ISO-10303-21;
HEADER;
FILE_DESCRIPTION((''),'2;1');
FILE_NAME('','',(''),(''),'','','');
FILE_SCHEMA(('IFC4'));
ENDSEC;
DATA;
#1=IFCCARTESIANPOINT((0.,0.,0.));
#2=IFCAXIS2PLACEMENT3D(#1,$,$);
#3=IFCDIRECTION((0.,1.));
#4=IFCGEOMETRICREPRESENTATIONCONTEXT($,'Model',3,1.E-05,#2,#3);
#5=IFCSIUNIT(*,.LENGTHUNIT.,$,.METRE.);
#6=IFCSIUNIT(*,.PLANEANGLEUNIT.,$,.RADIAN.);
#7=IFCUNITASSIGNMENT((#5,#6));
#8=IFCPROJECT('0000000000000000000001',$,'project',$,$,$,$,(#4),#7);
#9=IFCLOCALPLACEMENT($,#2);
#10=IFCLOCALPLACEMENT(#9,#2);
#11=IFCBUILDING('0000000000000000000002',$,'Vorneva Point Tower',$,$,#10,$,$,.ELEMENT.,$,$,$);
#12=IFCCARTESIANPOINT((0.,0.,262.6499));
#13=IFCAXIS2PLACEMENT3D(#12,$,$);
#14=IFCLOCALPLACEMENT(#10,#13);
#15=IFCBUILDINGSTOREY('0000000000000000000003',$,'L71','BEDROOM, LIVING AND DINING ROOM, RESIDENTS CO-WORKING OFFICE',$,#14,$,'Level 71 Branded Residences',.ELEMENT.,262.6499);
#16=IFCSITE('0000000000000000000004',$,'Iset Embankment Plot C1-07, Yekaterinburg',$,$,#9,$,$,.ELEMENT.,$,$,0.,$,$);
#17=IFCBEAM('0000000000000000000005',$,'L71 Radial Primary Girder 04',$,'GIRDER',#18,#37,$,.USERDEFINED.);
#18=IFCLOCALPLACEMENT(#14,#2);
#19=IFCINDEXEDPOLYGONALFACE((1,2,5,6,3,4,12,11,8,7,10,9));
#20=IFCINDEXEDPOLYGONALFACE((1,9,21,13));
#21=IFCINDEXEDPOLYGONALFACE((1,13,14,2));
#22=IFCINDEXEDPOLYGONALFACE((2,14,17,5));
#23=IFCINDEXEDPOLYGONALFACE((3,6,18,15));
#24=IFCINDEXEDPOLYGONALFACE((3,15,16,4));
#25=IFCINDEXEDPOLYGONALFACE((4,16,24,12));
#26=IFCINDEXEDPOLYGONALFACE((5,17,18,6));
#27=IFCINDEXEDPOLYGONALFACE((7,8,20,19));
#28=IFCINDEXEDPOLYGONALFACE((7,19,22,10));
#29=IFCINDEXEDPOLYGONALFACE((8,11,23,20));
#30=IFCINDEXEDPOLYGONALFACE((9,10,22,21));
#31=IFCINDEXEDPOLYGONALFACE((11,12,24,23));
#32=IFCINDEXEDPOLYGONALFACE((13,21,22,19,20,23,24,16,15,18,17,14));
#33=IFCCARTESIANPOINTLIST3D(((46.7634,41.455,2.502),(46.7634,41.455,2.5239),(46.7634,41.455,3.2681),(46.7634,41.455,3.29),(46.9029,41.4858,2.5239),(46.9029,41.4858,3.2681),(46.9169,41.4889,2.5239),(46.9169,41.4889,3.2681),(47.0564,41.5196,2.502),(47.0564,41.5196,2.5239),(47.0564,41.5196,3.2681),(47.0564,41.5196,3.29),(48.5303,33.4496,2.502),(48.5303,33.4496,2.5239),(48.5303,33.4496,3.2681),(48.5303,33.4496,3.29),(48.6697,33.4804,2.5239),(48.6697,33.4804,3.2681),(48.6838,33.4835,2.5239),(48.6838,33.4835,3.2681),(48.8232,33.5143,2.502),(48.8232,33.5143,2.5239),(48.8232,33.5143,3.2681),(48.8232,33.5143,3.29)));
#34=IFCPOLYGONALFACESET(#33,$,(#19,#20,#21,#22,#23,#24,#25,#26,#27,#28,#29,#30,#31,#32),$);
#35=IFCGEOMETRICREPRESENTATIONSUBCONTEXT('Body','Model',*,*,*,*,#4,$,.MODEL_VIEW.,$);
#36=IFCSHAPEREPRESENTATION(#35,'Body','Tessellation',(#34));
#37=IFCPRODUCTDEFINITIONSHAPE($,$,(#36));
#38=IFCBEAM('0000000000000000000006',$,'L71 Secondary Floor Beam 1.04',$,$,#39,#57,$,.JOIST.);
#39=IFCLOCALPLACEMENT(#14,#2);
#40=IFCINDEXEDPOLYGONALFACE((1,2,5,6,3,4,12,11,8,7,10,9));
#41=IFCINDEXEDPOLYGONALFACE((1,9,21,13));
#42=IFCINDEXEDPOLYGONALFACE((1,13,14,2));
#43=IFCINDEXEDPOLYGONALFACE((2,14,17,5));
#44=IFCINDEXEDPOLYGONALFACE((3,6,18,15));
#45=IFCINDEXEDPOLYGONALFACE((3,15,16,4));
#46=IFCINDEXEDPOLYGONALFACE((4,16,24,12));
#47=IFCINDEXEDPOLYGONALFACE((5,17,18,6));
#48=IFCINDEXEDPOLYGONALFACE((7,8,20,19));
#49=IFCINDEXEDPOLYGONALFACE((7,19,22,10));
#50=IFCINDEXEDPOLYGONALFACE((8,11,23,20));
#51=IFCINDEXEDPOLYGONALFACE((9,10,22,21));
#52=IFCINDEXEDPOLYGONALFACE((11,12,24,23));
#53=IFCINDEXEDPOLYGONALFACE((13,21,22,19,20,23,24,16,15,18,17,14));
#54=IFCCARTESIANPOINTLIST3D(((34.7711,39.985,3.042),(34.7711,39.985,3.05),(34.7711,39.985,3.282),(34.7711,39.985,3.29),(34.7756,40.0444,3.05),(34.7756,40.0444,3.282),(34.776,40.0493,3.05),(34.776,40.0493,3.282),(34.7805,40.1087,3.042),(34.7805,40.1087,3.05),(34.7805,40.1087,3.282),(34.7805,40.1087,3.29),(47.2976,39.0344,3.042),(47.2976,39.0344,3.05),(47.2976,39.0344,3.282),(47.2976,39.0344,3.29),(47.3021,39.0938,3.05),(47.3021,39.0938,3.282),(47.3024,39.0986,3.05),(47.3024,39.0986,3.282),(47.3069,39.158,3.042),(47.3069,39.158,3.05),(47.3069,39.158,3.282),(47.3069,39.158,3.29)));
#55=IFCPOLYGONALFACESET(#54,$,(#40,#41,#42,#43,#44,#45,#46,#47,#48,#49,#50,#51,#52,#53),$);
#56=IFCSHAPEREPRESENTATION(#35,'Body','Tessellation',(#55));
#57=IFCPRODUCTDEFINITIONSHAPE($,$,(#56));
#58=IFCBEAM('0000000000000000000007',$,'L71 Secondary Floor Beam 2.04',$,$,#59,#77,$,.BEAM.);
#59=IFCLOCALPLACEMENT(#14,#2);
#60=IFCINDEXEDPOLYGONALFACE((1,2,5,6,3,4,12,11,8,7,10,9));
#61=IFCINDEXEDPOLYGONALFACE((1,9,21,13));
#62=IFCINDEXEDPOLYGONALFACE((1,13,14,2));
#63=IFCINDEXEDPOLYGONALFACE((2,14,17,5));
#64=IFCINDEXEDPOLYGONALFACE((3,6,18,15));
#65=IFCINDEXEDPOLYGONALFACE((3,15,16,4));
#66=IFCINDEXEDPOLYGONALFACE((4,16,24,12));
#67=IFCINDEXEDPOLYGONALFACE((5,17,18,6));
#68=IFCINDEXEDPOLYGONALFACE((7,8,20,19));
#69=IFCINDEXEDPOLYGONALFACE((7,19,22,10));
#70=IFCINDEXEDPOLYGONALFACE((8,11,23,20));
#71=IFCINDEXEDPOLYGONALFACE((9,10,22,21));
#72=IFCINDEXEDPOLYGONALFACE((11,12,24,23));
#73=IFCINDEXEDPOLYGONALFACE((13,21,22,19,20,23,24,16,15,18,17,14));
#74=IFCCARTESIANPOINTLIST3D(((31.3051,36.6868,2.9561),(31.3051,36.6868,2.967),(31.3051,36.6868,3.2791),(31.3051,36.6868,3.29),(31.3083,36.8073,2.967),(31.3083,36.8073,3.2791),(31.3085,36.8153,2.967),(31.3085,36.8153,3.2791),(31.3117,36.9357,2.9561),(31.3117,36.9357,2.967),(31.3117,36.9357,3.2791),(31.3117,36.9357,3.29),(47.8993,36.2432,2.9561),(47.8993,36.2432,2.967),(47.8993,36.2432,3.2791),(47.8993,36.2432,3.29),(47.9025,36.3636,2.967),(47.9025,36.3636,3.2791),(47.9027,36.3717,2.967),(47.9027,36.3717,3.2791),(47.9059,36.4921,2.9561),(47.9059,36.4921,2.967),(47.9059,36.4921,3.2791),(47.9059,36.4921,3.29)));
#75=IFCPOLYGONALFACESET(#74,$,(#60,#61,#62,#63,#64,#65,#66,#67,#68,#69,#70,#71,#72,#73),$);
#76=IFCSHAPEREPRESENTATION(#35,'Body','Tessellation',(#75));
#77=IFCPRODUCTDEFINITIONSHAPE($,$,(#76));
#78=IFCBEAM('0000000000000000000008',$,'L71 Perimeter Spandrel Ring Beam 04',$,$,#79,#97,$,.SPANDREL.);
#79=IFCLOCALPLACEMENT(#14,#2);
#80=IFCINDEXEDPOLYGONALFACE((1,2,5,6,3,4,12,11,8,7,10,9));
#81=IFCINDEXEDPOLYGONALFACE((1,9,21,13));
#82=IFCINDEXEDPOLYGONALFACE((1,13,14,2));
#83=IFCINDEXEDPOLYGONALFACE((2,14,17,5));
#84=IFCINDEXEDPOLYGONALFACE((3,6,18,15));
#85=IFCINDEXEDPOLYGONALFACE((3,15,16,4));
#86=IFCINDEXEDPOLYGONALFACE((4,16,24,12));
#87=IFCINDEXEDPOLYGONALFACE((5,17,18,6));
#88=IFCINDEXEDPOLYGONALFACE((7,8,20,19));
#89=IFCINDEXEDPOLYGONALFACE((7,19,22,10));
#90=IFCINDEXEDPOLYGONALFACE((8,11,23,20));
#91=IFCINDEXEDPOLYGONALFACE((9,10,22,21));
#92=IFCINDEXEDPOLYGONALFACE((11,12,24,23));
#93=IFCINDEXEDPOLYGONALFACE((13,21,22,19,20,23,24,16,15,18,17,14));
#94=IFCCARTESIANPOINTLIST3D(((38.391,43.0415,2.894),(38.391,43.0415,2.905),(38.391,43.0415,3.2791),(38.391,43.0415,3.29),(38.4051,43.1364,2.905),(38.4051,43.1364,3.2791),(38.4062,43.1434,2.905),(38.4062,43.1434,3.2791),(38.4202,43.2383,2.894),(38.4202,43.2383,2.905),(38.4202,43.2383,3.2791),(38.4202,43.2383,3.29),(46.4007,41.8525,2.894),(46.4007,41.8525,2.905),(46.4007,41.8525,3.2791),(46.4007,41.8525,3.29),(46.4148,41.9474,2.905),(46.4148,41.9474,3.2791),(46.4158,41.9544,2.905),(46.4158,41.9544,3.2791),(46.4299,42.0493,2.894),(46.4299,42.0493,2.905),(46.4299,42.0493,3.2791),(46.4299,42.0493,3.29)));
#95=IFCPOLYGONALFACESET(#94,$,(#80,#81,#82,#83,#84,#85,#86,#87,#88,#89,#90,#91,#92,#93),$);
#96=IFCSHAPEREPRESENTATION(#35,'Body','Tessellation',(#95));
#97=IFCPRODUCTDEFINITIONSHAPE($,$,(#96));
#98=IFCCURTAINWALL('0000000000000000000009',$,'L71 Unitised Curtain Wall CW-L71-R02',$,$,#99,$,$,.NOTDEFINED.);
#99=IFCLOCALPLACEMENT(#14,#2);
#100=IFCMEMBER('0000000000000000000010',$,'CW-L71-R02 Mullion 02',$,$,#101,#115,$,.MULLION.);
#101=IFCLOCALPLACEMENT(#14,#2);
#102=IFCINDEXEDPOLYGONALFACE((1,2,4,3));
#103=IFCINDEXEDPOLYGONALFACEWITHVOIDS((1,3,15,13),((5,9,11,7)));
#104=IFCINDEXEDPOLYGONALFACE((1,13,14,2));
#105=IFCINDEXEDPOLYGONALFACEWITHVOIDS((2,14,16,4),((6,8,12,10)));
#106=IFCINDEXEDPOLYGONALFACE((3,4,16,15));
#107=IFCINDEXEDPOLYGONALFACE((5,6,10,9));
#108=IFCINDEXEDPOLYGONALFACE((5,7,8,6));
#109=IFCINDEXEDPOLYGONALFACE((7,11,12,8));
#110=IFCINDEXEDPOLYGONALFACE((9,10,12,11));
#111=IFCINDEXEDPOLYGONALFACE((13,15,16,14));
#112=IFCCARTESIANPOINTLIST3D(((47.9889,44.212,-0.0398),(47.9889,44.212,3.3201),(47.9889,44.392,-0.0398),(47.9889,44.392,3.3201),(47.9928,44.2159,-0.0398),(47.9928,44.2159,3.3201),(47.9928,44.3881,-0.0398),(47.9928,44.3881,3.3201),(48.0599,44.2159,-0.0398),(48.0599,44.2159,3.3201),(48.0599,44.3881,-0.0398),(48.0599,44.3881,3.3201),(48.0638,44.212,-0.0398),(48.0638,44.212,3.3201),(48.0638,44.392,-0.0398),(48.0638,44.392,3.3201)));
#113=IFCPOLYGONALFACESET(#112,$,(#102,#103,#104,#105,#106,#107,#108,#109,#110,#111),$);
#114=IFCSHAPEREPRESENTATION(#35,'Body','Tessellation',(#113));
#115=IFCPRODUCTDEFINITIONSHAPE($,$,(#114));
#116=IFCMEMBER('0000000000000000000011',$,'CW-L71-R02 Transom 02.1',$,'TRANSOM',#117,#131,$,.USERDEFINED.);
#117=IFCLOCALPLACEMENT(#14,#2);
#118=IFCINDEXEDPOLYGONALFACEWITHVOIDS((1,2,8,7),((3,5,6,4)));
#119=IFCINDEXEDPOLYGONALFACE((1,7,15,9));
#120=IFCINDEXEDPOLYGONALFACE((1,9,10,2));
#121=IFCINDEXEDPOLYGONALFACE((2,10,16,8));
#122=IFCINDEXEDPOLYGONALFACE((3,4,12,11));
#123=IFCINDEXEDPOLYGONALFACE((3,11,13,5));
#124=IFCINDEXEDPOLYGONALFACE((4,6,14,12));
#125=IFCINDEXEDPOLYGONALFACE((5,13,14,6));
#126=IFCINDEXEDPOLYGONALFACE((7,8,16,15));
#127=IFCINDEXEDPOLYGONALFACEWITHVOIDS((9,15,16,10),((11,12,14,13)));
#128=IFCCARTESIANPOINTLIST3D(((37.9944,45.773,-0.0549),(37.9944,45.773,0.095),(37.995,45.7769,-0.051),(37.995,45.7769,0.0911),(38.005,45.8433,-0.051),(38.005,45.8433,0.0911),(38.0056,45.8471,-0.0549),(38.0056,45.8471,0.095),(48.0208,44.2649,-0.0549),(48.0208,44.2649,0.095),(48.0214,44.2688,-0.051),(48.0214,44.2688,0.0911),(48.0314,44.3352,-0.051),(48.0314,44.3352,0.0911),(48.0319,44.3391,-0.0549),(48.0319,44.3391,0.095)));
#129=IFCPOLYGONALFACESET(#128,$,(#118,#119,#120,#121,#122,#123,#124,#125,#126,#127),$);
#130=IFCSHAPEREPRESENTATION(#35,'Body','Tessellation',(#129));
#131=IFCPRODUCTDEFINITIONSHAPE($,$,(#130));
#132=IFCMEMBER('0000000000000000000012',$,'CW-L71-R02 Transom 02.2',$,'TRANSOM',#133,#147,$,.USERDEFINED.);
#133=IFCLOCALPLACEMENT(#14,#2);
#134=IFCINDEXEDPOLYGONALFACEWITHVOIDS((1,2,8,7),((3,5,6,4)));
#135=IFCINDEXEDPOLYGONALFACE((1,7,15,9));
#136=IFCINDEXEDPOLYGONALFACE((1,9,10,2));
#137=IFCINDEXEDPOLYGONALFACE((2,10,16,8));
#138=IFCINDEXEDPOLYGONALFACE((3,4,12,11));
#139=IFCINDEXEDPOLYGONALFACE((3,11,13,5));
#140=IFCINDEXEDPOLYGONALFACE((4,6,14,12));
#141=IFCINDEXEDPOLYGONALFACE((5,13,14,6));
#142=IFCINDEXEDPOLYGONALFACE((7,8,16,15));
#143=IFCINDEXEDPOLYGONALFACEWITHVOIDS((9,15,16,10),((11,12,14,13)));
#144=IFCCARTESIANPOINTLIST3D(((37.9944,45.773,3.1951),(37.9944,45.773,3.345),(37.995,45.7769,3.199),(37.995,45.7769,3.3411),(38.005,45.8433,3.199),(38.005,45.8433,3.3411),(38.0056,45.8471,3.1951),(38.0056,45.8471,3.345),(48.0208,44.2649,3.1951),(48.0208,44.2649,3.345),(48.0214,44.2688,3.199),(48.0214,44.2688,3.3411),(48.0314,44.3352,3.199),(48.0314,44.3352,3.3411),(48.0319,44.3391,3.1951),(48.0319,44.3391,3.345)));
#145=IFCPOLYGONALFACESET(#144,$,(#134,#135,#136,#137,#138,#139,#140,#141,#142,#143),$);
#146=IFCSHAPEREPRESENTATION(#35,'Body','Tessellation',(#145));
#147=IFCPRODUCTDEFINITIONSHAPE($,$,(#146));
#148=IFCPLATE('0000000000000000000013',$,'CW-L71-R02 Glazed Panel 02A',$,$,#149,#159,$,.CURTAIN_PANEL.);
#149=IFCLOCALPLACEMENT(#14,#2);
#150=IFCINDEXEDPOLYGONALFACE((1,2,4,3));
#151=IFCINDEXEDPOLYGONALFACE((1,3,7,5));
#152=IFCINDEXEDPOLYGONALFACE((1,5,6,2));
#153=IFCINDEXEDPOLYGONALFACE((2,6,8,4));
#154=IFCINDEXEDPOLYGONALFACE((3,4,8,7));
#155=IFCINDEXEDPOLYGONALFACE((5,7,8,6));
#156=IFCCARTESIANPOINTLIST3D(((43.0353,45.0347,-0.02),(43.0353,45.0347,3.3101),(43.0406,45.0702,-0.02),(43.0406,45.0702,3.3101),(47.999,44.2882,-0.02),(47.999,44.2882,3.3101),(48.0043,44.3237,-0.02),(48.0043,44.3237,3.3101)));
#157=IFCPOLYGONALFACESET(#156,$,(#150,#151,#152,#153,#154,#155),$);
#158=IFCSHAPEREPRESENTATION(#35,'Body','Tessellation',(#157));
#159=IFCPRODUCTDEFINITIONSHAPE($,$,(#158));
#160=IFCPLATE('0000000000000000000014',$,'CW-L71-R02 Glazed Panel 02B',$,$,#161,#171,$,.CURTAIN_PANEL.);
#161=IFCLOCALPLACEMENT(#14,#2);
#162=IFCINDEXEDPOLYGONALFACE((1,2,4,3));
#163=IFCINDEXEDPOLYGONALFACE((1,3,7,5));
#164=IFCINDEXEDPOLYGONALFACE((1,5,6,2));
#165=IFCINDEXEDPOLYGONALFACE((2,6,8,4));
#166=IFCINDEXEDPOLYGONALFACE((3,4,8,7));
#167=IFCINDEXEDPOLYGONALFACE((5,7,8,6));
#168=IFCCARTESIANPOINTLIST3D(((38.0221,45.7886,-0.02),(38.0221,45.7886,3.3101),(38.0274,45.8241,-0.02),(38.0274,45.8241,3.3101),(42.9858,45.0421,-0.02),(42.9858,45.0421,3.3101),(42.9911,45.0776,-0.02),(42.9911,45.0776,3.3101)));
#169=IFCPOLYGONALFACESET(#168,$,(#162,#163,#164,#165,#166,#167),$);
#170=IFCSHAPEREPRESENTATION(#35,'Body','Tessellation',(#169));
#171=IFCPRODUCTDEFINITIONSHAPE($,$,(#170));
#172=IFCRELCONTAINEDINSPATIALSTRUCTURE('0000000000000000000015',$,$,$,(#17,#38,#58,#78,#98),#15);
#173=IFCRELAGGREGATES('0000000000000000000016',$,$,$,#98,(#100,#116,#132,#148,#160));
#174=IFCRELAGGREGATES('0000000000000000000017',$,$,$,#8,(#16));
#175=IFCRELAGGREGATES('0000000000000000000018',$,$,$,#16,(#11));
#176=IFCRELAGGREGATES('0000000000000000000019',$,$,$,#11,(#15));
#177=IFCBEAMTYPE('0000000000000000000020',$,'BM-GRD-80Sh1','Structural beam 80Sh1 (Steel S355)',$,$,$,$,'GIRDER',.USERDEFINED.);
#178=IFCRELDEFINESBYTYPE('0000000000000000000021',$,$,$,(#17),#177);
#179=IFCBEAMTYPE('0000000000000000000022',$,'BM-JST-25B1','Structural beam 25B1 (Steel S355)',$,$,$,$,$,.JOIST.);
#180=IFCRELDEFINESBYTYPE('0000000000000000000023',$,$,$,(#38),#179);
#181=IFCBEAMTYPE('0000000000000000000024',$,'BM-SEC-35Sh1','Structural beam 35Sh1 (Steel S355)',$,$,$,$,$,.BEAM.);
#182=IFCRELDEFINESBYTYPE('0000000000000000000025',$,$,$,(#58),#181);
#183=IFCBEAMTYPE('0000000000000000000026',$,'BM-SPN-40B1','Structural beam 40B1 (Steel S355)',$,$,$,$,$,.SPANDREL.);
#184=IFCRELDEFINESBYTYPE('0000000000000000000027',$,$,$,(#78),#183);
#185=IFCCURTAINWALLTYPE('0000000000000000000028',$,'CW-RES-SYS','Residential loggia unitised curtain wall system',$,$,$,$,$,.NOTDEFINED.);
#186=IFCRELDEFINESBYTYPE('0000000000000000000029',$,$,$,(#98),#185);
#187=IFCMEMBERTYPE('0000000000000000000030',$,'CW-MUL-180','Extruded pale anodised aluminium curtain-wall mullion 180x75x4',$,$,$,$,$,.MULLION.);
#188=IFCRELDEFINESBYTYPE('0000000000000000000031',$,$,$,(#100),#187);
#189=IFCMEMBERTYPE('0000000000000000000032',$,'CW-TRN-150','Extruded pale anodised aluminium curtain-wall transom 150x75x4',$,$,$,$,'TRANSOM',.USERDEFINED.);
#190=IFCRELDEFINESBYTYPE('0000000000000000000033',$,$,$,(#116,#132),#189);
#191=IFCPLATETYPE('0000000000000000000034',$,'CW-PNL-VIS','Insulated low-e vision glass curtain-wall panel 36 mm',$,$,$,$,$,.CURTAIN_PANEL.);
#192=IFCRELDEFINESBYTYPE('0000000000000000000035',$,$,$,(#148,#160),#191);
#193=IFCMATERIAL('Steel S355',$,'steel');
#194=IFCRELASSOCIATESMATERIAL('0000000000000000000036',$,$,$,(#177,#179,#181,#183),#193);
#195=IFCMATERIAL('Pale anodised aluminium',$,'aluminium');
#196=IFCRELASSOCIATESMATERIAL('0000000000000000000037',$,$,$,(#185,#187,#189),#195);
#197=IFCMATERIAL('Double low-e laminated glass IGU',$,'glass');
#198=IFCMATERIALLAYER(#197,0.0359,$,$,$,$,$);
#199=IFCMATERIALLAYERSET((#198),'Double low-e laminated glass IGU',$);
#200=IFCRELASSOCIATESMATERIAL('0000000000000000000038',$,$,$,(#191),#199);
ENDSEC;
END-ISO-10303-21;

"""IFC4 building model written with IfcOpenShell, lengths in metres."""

from ifc_helpers import new_model, si_unit, direction, frame, origin, origin_2d, place, context, subcontext, project, spatial, rectangle, hollow_rectangle, i_section, extrude, material, layer, layer_set, material_profile, profile_set, type_object, element, aggregate, save


model = new_model("IFC4")

# Units and contexts
model_context = context("Model", 3, precision=1e-05, world=origin(), true_north=direction((0.0, 1.0)))
body_context = subcontext(model_context, "Body", "Model", "MODEL_VIEW")
ifc_project = project(units=[si_unit("LENGTHUNIT", "METRE"), si_unit("PLANEANGLEUNIT", "RADIAN")], contexts=[model_context])

# Site, building, storey
site_placement = place(None, origin())
site = spatial("IfcSite", under=ifc_project, at=site_placement, Name="Iset Embankment Plot C1-07, Yekaterinburg", CompositionType="ELEMENT", RefElevation=0.0)
building_placement = place(site_placement, origin())
building = spatial("IfcBuilding", under=site, at=building_placement, Name="Vorneva Point Tower", CompositionType="ELEMENT")
storey_placement = place(building_placement, frame((0.0, 0.0, 262.6499)))
storey = spatial("IfcBuildingStorey", under=building, at=storey_placement, Name="L71", Description="BEDROOM, LIVING AND DINING ROOM, RESIDENTS CO-WORKING OFFICE", LongName="Level 71 Branded Residences", CompositionType="ELEMENT", Elevation=262.6499)

# Beams
ifc_material_1 = material(Name="Steel S355", Category="steel")
ifc_material_profile_1 = material_profile(ifc_material_1, i_section(OverallWidth=0.3, OverallDepth=0.7881, WebThickness=0.0144, FlangeThickness=0.022, at=origin_2d()), Name="80Sh1")
ifc_profile_set_1 = profile_set([ifc_material_profile_1], Name="Steel S355")
beam_type_1 = type_object("IfcBeamType", Name="BM-GRD-80Sh1", Description="Structural beam 80Sh1 (Steel S355)", ElementType="GIRDER", PredefinedType="USERDEFINED", material=ifc_profile_set_1)
beam_1_placement = place(storey_placement, frame((46.9099, 41.4873, 2.896), z_axis=(0.215521, -0.976499, 0.0), x_axis=(0.976499, 0.215521, 0.0)))
element("IfcBeam", 1, at=beam_1_placement, inside=storey, type_object=beam_type_1, Name="L71 Radial Primary Girder 04", ObjectType="GIRDER", PredefinedType="USERDEFINED", context=body_context, shape_type="SweptSolid", body=[
    extrude(i_section(OverallWidth=0.3, OverallDepth=0.7881, WebThickness=0.0144, FlangeThickness=0.022, at=origin_2d()), origin(), (0.0, 0.0, 1.0), 8.198),
])
ifc_material_profile_2 = material_profile(ifc_material_1, i_section(OverallWidth=0.124, OverallDepth=0.248, WebThickness=0.0049, FlangeThickness=0.0081, at=origin_2d()), Name="25B1")
ifc_profile_set_2 = profile_set([ifc_material_profile_2], Name="Steel S355")
beam_type_2 = type_object("IfcBeamType", Name="BM-JST-25B1", Description="Structural beam 25B1 (Steel S355)", PredefinedType="JOIST", material=ifc_profile_set_2)
beam_2_placement = place(storey_placement, frame((47.3022, 39.0962, 3.166), z_axis=(-0.997132, 0.075677, 0.0), x_axis=(-0.075677, -0.997132, 0.0)))
element("IfcBeam", 2, at=beam_2_placement, inside=storey, type_object=beam_type_2, Name="L71 Secondary Floor Beam 1.04", PredefinedType="JOIST", context=body_context, shape_type="SweptSolid", body=[
    extrude(i_section(OverallWidth=0.124, OverallDepth=0.248, WebThickness=0.0049, FlangeThickness=0.0081, at=origin_2d()), origin(), (0.0, 0.0, 1.0), 12.5625),
])
ifc_material_profile_3 = material_profile(ifc_material_1, i_section(OverallWidth=0.249, OverallDepth=0.334, WebThickness=0.0081, FlangeThickness=0.011, at=origin_2d()), Name="35Sh1")
ifc_profile_set_3 = profile_set([ifc_material_profile_3], Name="Steel S355")
beam_type_3 = type_object("IfcBeamType", Name="BM-SEC-35Sh1", Description="Structural beam 35Sh1 (Steel S355)", PredefinedType="BEAM", material=ifc_profile_set_3)
beam_3_placement = place(storey_placement, frame((47.9026, 36.3677, 3.123), z_axis=(-0.999643, 0.026723, 0.0), x_axis=(-0.026723, -0.999643, 0.0)))
element("IfcBeam", 3, at=beam_3_placement, inside=storey, type_object=beam_type_3, Name="L71 Secondary Floor Beam 2.04", PredefinedType="BEAM", context=body_context, shape_type="SweptSolid", body=[
    extrude(i_section(OverallWidth=0.249, OverallDepth=0.334, WebThickness=0.0081, FlangeThickness=0.011, at=origin_2d()), origin(), (0.0, 0.0, 1.0), 16.6001),
])
ifc_material_profile_4 = material_profile(ifc_material_1, i_section(OverallWidth=0.199, OverallDepth=0.396, WebThickness=0.0071, FlangeThickness=0.011, at=origin_2d()), Name="40B1")
ifc_profile_set_4 = profile_set([ifc_material_profile_4], Name="Steel S355")
beam_type_4 = type_object("IfcBeamType", Name="BM-SPN-40B1", Description="Structural beam 40B1 (Steel S355)", PredefinedType="SPANDREL", material=ifc_profile_set_4)
beam_4_placement = place(storey_placement, frame((46.4153, 41.9509, 3.092), z_axis=(-0.989162, 0.146831, 0.0), x_axis=(-0.146831, -0.989162, 0.0)))
element("IfcBeam", 4, at=beam_4_placement, inside=storey, type_object=beam_type_4, Name="L71 Perimeter Spandrel Ring Beam 04", PredefinedType="SPANDREL", context=body_context, shape_type="SweptSolid", body=[
    extrude(i_section(OverallWidth=0.199, OverallDepth=0.396, WebThickness=0.0071, FlangeThickness=0.011, at=origin_2d()), origin(), (0.0, 0.0, 1.0), 8.0974),
])

# Curtain wall, members, plates
ifc_material_2 = material(Name="Pale anodised aluminium", Category="aluminium")
curtain_wall_type = type_object("IfcCurtainWallType", Name="CW-RES-SYS", Description="Residential loggia unitised curtain wall system", PredefinedType="NOTDEFINED", material=ifc_material_2)
curtain_wall_placement = place(storey_placement, origin())
curtain_wall = element("IfcCurtainWall", 5, at=curtain_wall_placement, inside=storey, type_object=curtain_wall_type, Name="L71 Unitised Curtain Wall CW-L71-R02", PredefinedType="NOTDEFINED")
ifc_material_profile_5 = material_profile(ifc_material_2, hollow_rectangle(XDim=0.075, YDim=0.1799, WallThickness=0.0039, at=origin_2d()), Name="AL-MUL 180x75x4")
ifc_profile_set_5 = profile_set([ifc_material_profile_5], Name="Pale anodised aluminium")
member_type_1 = type_object("IfcMemberType", Name="CW-MUL-180", Description="Extruded pale anodised aluminium curtain-wall mullion 180x75x4", PredefinedType="MULLION", material=ifc_profile_set_5)
member_1_placement = place(storey_placement, frame((48.0264, 44.302, -0.0398), z_axis=(0.0, 0.0, 1.0), x_axis=(1.0, 0.0, 0.0)))
member_1 = element("IfcMember", 6, at=member_1_placement, type_object=member_type_1, Name="CW-L71-R02 Mullion 02", PredefinedType="MULLION", context=body_context, shape_type="SweptSolid", body=[
    extrude(hollow_rectangle(XDim=0.075, YDim=0.1799, WallThickness=0.0039, at=origin_2d()), origin(), (0.0, 0.0, 1.0), 3.3599),
])
ifc_material_profile_6 = material_profile(ifc_material_2, hollow_rectangle(XDim=0.075, YDim=0.1499, WallThickness=0.0039, at=origin_2d()), Name="AL-TRN 150x75x4")
ifc_profile_set_6 = profile_set([ifc_material_profile_6], Name="Pale anodised aluminium")
member_type_2 = type_object("IfcMemberType", Name="CW-TRN-150", Description="Extruded pale anodised aluminium curtain-wall transom 150x75x4", ElementType="TRANSOM", PredefinedType="USERDEFINED", material=ifc_profile_set_6)
member_2_placement = place(storey_placement, frame((48.0264, 44.302, 0.02), z_axis=(-0.988877, 0.148736, 0.0), x_axis=(-0.148736, -0.988877, 0.0)))
member_2 = element("IfcMember", 7, at=member_2_placement, type_object=member_type_2, Name="CW-L71-R02 Transom 02.1", ObjectType="TRANSOM", PredefinedType="USERDEFINED", context=body_context, shape_type="SweptSolid", body=[
    extrude(hollow_rectangle(XDim=0.075, YDim=0.1499, WallThickness=0.0039, at=origin_2d()), origin(), (0.0, 0.0, 1.0), 10.1392),
])
member_3_placement = place(storey_placement, frame((48.0264, 44.302, 3.27), z_axis=(-0.988877, 0.148736, 0.0), x_axis=(-0.148736, -0.988877, 0.0)))
member_3 = element("IfcMember", 8, at=member_3_placement, type_object=member_type_2, Name="CW-L71-R02 Transom 02.2", ObjectType="TRANSOM", PredefinedType="USERDEFINED", context=body_context, shape_type="SweptSolid", body=[
    extrude(hollow_rectangle(XDim=0.075, YDim=0.1499, WallThickness=0.0039, at=origin_2d()), origin(), (0.0, 0.0, 1.0), 10.1392),
])
ifc_material_3 = material(Name="Double low-e laminated glass IGU", Category="glass")
ifc_layer_1 = layer(ifc_material_3, 0.0359)
ifc_layer_set_1 = layer_set([ifc_layer_1], Name="Double low-e laminated glass IGU")
plate_type = type_object("IfcPlateType", Name="CW-PNL-VIS", Description="Insulated low-e vision glass curtain-wall panel 36 mm", PredefinedType="CURTAIN_PANEL", material=ifc_layer_set_1)
plate_1_placement = place(storey_placement, frame((45.5198, 44.6792, -0.02), z_axis=(0.0, 0.0, 1.0), x_axis=(-0.988879, 0.148724, 0.0)))
plate_1 = element("IfcPlate", 9, at=plate_1_placement, type_object=plate_type, Name="CW-L71-R02 Glazed Panel 02A", PredefinedType="CURTAIN_PANEL", context=body_context, shape_type="SweptSolid", body=[
    extrude(rectangle(XDim=5.0195, YDim=0.0359, at=origin_2d()), origin(), (0.0, 0.0, 1.0), 3.3301),
])
plate_2_placement = place(storey_placement, frame((40.5066, 45.4331, -0.02), z_axis=(0.0, 0.0, 1.0), x_axis=(-0.988879, 0.148724, 0.0)))
plate_2 = element("IfcPlate", 10, at=plate_2_placement, type_object=plate_type, Name="CW-L71-R02 Glazed Panel 02B", PredefinedType="CURTAIN_PANEL", context=body_context, shape_type="SweptSolid", body=[
    extrude(rectangle(XDim=5.0195, YDim=0.0359, at=origin_2d()), origin(), (0.0, 0.0, 1.0), 3.3301),
])
aggregate(curtain_wall, [member_1, member_2, member_3, plate_1, plate_2])

save(model, "model.ifc")
